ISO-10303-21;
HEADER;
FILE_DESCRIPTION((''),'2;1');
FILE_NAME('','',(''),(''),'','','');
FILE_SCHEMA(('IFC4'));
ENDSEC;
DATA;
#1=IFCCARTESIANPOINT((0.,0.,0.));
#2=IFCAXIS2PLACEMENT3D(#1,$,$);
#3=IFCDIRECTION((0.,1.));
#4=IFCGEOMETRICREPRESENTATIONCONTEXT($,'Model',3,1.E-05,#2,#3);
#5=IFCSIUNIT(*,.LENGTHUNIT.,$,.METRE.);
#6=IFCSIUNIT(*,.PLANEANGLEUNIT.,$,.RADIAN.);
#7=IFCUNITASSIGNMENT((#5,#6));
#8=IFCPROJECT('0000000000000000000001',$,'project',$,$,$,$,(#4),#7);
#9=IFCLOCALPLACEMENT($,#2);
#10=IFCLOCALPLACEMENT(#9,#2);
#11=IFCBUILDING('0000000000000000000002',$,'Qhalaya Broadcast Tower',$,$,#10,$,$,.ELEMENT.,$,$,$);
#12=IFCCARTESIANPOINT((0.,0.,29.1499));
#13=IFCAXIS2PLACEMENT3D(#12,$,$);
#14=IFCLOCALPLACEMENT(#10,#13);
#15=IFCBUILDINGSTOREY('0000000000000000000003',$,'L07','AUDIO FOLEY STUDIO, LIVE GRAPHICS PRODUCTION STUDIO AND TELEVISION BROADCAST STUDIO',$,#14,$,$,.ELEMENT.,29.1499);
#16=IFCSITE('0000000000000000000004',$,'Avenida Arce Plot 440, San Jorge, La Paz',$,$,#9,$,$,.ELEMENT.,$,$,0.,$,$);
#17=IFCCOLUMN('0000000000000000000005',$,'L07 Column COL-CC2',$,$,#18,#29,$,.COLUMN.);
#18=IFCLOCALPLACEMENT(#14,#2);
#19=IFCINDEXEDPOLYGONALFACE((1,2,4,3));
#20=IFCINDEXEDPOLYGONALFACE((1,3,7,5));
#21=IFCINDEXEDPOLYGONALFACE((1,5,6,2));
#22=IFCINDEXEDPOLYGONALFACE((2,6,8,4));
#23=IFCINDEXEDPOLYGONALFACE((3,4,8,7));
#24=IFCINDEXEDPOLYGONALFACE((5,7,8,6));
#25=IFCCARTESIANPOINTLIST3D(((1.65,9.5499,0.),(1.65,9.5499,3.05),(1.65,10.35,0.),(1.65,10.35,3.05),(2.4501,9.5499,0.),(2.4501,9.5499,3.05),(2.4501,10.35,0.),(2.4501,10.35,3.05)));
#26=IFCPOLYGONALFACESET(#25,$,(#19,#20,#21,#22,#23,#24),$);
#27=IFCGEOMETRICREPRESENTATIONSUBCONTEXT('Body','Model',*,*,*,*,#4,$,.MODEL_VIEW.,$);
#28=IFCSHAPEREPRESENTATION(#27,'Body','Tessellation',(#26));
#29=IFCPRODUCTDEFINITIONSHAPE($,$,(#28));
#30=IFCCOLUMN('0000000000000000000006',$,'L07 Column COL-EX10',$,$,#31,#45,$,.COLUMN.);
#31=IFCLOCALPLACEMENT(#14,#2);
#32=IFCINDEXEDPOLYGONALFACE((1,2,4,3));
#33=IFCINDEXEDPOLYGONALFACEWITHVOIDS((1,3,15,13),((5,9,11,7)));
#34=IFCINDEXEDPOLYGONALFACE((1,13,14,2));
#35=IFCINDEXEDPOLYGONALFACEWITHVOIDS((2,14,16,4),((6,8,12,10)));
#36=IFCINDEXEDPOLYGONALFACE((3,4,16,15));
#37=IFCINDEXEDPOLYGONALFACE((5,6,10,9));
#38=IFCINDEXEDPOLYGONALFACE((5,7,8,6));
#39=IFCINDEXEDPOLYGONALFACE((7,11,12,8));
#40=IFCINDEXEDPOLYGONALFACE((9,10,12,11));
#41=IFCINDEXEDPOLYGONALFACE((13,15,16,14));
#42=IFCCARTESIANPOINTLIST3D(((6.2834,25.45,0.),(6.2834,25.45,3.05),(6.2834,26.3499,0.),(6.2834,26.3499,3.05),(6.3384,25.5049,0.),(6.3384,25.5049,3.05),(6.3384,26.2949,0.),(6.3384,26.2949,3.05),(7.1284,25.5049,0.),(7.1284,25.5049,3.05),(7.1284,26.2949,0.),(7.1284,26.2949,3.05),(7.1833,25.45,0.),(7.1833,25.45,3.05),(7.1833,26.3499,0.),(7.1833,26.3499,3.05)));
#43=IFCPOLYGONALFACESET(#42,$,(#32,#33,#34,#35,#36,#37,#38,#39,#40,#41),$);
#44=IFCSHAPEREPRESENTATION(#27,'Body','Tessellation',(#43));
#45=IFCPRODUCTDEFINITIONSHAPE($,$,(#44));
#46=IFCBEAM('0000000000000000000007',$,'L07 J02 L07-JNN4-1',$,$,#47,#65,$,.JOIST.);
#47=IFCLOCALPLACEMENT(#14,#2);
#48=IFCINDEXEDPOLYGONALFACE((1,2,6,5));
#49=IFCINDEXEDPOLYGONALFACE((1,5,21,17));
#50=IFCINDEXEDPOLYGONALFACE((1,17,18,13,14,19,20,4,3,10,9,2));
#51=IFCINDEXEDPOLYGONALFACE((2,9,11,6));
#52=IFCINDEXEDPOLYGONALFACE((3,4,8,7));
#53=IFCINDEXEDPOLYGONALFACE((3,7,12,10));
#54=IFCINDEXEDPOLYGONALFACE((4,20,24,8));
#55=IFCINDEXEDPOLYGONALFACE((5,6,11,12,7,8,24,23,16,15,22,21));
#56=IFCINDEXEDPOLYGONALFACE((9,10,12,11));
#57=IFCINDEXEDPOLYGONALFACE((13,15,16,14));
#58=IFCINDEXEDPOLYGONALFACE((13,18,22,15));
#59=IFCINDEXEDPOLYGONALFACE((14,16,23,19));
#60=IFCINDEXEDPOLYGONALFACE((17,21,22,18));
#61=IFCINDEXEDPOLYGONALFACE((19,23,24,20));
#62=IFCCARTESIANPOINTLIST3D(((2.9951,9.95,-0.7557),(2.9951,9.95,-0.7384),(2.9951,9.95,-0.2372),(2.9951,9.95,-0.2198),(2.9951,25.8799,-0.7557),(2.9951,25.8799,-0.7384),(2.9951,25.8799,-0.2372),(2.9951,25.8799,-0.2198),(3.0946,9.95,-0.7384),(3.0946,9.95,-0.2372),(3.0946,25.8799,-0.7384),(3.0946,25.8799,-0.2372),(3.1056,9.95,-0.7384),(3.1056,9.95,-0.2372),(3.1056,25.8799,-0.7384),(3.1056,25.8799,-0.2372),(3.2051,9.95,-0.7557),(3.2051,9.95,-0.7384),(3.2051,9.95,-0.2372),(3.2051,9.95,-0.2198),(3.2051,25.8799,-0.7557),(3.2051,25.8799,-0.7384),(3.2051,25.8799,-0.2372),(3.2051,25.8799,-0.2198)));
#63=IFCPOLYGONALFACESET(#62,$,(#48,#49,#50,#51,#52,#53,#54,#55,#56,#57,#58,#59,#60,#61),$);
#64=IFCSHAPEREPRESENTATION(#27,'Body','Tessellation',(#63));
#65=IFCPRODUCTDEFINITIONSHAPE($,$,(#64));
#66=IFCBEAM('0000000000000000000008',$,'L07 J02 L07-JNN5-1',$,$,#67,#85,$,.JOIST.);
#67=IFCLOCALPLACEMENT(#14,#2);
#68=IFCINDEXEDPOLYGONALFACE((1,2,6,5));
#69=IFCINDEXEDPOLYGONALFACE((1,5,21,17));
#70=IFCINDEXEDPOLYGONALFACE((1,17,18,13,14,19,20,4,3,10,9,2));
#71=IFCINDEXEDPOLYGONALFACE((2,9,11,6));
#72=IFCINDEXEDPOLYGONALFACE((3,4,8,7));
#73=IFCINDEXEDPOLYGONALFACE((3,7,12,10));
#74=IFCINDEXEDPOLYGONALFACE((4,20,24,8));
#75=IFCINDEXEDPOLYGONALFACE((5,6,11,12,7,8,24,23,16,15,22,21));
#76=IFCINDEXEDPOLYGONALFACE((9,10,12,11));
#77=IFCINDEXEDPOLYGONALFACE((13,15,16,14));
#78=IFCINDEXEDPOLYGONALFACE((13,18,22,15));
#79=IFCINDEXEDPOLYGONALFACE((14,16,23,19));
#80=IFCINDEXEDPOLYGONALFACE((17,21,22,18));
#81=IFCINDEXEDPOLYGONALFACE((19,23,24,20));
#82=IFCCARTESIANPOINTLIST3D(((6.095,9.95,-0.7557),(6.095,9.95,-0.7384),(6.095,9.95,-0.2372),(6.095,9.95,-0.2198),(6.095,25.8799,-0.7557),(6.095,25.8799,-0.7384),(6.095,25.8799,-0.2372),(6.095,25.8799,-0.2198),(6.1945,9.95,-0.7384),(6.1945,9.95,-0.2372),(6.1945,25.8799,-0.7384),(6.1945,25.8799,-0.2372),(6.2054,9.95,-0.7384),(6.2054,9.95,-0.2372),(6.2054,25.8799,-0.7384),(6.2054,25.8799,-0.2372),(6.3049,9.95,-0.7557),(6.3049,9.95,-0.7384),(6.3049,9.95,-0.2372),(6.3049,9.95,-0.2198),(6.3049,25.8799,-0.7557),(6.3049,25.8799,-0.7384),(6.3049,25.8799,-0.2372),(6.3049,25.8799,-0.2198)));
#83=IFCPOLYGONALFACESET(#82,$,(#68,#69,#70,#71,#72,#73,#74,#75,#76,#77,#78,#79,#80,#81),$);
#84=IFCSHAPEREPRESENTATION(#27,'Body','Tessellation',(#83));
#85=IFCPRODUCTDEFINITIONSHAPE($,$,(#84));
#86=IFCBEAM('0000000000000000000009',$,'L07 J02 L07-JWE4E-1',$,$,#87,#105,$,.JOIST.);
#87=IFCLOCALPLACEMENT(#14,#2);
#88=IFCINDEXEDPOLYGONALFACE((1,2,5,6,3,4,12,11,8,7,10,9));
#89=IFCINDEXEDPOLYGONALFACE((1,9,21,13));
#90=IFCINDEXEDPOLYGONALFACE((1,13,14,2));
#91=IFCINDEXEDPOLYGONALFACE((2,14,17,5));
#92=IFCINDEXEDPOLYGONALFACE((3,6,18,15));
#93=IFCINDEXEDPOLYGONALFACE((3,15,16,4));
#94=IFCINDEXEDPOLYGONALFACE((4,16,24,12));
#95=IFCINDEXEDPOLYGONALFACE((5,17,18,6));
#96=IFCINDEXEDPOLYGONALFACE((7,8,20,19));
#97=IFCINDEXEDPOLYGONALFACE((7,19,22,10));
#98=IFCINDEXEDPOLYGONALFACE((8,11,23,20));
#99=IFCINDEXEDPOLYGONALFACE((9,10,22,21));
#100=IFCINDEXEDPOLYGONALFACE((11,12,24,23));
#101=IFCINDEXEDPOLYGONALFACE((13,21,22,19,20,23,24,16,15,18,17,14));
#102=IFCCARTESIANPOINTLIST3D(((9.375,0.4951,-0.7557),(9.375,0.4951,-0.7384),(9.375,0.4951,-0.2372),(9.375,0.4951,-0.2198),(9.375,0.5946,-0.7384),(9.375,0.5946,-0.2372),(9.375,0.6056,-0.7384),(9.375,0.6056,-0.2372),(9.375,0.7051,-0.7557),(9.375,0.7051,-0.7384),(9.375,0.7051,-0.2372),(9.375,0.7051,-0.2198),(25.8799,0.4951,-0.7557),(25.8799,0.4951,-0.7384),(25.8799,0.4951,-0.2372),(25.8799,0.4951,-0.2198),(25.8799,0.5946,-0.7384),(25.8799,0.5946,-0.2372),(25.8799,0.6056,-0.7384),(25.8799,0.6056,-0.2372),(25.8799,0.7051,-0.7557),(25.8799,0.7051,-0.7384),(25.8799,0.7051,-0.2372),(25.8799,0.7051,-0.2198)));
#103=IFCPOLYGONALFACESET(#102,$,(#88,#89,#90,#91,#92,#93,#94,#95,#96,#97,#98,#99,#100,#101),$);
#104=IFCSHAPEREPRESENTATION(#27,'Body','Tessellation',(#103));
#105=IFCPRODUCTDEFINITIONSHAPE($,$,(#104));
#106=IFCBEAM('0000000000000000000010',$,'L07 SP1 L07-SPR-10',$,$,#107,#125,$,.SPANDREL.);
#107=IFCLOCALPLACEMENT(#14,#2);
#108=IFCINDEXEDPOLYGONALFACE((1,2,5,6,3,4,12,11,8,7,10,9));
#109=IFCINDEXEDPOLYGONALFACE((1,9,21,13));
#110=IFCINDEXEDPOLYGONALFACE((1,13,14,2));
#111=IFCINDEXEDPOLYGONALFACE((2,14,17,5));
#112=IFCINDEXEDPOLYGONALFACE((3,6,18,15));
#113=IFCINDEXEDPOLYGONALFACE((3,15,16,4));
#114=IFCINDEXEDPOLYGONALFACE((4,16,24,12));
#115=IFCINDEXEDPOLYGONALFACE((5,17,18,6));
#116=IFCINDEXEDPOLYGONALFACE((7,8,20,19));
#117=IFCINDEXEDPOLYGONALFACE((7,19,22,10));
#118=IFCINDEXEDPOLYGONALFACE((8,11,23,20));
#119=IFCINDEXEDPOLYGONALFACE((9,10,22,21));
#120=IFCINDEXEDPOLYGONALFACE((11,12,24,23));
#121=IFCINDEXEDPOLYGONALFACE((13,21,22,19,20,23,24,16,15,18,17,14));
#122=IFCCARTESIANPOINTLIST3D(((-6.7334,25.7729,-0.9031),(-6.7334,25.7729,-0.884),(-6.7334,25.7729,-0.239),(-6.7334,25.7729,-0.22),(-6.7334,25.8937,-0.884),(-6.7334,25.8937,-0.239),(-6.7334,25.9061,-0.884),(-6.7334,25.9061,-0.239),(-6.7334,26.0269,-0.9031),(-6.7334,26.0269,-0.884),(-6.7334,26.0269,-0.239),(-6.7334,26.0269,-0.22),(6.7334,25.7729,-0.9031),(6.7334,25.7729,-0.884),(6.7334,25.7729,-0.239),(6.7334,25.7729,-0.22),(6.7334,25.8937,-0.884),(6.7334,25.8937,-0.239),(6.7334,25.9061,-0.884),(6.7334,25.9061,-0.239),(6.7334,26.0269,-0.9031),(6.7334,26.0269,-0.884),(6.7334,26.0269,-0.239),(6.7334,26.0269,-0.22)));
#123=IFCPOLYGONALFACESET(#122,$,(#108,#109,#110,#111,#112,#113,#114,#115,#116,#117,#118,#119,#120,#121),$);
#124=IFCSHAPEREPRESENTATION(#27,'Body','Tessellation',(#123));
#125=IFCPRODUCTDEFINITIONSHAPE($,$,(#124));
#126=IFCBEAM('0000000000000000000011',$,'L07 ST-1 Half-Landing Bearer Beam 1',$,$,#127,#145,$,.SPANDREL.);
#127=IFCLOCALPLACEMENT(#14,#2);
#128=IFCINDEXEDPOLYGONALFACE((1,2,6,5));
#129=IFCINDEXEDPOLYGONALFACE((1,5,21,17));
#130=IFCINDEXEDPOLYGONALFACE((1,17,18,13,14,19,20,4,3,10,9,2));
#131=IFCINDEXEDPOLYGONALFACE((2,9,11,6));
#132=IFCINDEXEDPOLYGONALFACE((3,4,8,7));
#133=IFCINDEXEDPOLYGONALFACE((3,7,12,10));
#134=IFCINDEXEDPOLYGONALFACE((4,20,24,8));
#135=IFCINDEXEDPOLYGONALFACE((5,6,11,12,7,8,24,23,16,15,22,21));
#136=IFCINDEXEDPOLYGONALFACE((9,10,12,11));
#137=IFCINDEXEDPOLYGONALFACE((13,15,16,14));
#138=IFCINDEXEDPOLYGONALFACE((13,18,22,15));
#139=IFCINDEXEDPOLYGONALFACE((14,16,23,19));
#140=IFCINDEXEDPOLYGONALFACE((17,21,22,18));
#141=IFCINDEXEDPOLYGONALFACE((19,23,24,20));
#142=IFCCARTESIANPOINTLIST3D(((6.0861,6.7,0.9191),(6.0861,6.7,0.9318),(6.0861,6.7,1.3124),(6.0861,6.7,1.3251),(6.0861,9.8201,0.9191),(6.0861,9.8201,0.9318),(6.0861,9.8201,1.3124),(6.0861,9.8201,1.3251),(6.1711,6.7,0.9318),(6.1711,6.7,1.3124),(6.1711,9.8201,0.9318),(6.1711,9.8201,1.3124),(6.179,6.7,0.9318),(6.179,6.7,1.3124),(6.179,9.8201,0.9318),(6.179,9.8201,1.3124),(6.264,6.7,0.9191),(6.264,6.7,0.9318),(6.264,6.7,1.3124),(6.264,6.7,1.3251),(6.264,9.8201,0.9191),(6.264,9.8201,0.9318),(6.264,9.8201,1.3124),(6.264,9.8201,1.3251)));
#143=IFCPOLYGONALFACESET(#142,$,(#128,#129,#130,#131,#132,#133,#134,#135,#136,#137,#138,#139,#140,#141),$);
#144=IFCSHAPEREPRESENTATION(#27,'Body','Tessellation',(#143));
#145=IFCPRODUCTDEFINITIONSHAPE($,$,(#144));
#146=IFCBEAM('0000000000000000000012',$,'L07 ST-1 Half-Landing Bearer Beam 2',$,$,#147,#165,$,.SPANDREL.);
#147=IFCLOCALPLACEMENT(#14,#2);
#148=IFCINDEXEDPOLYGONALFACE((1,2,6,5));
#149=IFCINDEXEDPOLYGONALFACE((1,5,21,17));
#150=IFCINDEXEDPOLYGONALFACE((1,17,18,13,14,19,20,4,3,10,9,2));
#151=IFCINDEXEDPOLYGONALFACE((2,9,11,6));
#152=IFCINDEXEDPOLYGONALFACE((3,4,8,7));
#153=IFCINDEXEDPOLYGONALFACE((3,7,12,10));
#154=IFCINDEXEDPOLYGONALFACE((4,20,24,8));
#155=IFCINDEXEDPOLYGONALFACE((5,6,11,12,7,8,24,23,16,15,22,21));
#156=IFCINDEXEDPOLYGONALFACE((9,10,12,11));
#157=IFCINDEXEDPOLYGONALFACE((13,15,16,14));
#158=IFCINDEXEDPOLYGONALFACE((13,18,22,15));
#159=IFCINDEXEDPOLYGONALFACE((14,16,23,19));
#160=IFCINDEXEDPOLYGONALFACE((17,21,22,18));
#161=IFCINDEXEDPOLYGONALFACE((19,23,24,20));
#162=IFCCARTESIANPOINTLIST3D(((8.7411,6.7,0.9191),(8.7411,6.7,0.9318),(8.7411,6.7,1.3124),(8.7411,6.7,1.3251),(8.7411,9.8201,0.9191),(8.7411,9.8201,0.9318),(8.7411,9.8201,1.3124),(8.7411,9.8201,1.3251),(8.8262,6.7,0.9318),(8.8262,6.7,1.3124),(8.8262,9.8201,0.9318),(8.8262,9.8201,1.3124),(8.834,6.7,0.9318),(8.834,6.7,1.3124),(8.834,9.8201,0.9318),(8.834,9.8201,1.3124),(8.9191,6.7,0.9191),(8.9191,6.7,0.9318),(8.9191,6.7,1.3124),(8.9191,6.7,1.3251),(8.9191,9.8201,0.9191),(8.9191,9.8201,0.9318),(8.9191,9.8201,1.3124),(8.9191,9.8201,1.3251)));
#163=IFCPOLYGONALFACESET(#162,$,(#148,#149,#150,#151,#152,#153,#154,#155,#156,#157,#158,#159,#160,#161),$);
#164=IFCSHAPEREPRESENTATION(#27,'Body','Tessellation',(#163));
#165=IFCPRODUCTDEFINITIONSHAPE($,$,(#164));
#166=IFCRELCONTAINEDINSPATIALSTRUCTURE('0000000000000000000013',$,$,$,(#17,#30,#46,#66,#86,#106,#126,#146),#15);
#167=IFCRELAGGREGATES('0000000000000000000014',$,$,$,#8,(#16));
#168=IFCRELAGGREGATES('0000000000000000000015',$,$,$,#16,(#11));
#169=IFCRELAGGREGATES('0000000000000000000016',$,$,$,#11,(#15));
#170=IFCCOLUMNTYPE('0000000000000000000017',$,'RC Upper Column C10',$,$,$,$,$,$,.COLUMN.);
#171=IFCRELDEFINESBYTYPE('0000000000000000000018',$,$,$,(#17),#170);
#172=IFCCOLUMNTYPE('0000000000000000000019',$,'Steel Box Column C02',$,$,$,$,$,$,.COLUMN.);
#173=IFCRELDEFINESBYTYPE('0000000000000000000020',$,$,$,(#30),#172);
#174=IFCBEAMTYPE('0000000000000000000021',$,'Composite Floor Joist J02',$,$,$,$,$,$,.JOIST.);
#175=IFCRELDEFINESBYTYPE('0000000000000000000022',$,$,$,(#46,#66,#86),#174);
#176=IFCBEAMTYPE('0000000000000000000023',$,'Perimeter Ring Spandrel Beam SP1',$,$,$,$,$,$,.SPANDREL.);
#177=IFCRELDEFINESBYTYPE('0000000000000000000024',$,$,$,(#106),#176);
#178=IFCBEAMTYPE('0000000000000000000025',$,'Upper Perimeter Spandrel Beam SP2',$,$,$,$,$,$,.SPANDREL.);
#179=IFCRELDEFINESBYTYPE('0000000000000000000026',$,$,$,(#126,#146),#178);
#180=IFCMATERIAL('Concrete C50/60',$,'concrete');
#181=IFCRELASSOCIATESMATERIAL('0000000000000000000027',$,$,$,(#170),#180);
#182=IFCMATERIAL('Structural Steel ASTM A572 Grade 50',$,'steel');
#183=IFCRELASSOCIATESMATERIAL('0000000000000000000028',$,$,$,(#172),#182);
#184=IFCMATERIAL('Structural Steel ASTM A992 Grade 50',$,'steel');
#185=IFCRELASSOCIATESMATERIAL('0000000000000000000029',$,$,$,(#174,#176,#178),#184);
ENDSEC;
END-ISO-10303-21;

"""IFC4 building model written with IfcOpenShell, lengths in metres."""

from ifc_helpers import new_model, si_unit, direction, frame, origin, origin_2d, place, context, subcontext, project, spatial, rectangle, hollow_rectangle, i_section, extrude, material, material_profile, profile_set, type_object, element, save


model = new_model("IFC4")

# Units and contexts
model_context = context("Model", 3, precision=1e-05, world=origin(), true_north=direction((0.0, 1.0)))
body_context = subcontext(model_context, "Body", "Model", "MODEL_VIEW")
ifc_project = project(units=[si_unit("LENGTHUNIT", "METRE"), si_unit("PLANEANGLEUNIT", "RADIAN")], contexts=[model_context])

# Site, building, storey
site_placement = place(None, origin())
site = spatial("IfcSite", under=ifc_project, at=site_placement, Name="Avenida Arce Plot 440, San Jorge, La Paz", CompositionType="ELEMENT", RefElevation=0.0)
building_placement = place(site_placement, origin())
building = spatial("IfcBuilding", under=site, at=building_placement, Name="Qhalaya Broadcast Tower", CompositionType="ELEMENT")
storey_placement = place(building_placement, frame((0.0, 0.0, 29.1499)))
storey = spatial("IfcBuildingStorey", under=building, at=storey_placement, Name="L07", Description="AUDIO FOLEY STUDIO, LIVE GRAPHICS PRODUCTION STUDIO AND TELEVISION BROADCAST STUDIO", CompositionType="ELEMENT", Elevation=29.1499)

# Columns
ifc_material_1 = material(Name="Concrete C50/60", Category="concrete")
ifc_material_profile_1 = material_profile(ifc_material_1, rectangle(XDim=0.8, YDim=0.8, at=origin_2d()), Name="RC-COL 800x800")
ifc_profile_set_1 = profile_set([ifc_material_profile_1], Name="Concrete C50/60")
column_type_1 = type_object("IfcColumnType", Name="RC Upper Column C10", PredefinedType="COLUMN", material=ifc_profile_set_1)
column_1_placement = place(storey_placement, frame((2.05, 9.95, 0.0), z_axis=(0.0, 0.0, 1.0), x_axis=(1.0, 0.0, 0.0)))
element("IfcColumn", 1, at=column_1_placement, inside=storey, type_object=column_type_1, Name="L07 Column COL-CC2", PredefinedType="COLUMN", context=body_context, shape_type="SweptSolid", body=[
    extrude(rectangle(XDim=0.8, YDim=0.8, at=origin_2d()), origin(), (0.0, 0.0, 1.0), 3.05),
])
ifc_material_2 = material(Name="Structural Steel ASTM A572 Grade 50", Category="steel")
ifc_material_profile_2 = material_profile(ifc_material_2, hollow_rectangle(XDim=0.8999, YDim=0.8999, WallThickness=0.0549, at=origin_2d()), Name="BOX 900x900x55")
ifc_profile_set_2 = profile_set([ifc_material_profile_2], Name="Structural Steel ASTM A572 Grade 50")
column_type_2 = type_object("IfcColumnType", Name="Steel Box Column C02", PredefinedType="COLUMN", material=ifc_profile_set_2)
column_2_placement = place(storey_placement, frame((6.7334, 25.8999, 0.0), z_axis=(0.0, 0.0, 1.0), x_axis=(1.0, 0.0, 0.0)))
element("IfcColumn", 2, at=column_2_placement, inside=storey, type_object=column_type_2, Name="L07 Column COL-EX10", PredefinedType="COLUMN", context=body_context, shape_type="SweptSolid", body=[
    extrude(hollow_rectangle(XDim=0.8999, YDim=0.8999, WallThickness=0.0549, at=origin_2d()), origin(), (0.0, 0.0, 1.0), 3.05),
])

# Beams
ifc_material_3 = material(Name="Structural Steel ASTM A992 Grade 50", Category="steel")
ifc_material_profile_3 = material_profile(ifc_material_3, i_section(OverallWidth=0.21, OverallDepth=0.5359, WebThickness=0.011, FlangeThickness=0.0173, at=origin_2d()), Name="W21X68")
ifc_profile_set_3 = profile_set([ifc_material_profile_3], Name="Structural Steel ASTM A992 Grade 50")
beam_type_1 = type_object("IfcBeamType", Name="Composite Floor Joist J02", PredefinedType="JOIST", material=ifc_profile_set_3)
for number, where, z_axis, x_axis, name in (
    (3, (3.1001, 9.95, -0.4878), (0.0, 1.0, 0.0), (-1.0, 0.0, 0.0), "L07 J02 L07-JNN4-1"),
    (4, (6.2, 9.95, -0.4878), (0.0, 1.0, 0.0), (-1.0, 0.0, 0.0), "L07 J02 L07-JNN5-1"),
):
    element("IfcBeam", number, at=place(storey_placement, frame(where, z_axis=z_axis, x_axis=x_axis)), inside=storey, type_object=beam_type_1, Name=name, PredefinedType="JOIST", context=body_context, shape_type="SweptSolid", body=[
        extrude(i_section(OverallWidth=0.21, OverallDepth=0.5359, WebThickness=0.011, FlangeThickness=0.0173, at=origin_2d()), origin(), (0.0, 0.0, 1.0), 15.9299),
    ])
beam_1_placement = place(storey_placement, frame((9.375, 0.6001, -0.4878), z_axis=(1.0, 0.0, 0.0), x_axis=(0.0, 1.0, 0.0)))
element("IfcBeam", 5, at=beam_1_placement, inside=storey, type_object=beam_type_1, Name="L07 J02 L07-JWE4E-1", PredefinedType="JOIST", context=body_context, shape_type="SweptSolid", body=[
    extrude(i_section(OverallWidth=0.21, OverallDepth=0.5359, WebThickness=0.011, FlangeThickness=0.0173, at=origin_2d()), origin(), (0.0, 0.0, 1.0), 16.5049),
])
ifc_material_profile_4 = material_profile(ifc_material_3, i_section(OverallWidth=0.2539, OverallDepth=0.6831, WebThickness=0.0125, FlangeThickness=0.019, at=origin_2d()), Name="W27X94")
ifc_profile_set_4 = profile_set([ifc_material_profile_4], Name="Structural Steel ASTM A992 Grade 50")
beam_type_2 = type_object("IfcBeamType", Name="Perimeter Ring Spandrel Beam SP1", PredefinedType="SPANDREL", material=ifc_profile_set_4)
beam_2_placement = place(storey_placement, frame((6.7334, 25.8999, -0.5615), z_axis=(-1.0, 0.0, 0.0), x_axis=(0.0, -1.0, 0.0)))
element("IfcBeam", 6, at=beam_2_placement, inside=storey, type_object=beam_type_2, Name="L07 SP1 L07-SPR-10", PredefinedType="SPANDREL", context=body_context, shape_type="SweptSolid", body=[
    extrude(i_section(OverallWidth=0.2539, OverallDepth=0.6831, WebThickness=0.0125, FlangeThickness=0.019, at=origin_2d()), origin(), (0.0, 0.0, 1.0), 13.4668),
])
ifc_material_profile_5 = material_profile(ifc_material_3, i_section(OverallWidth=0.178, OverallDepth=0.406, WebThickness=0.0078, FlangeThickness=0.0127, at=origin_2d()), Name="W16X40")
ifc_profile_set_5 = profile_set([ifc_material_profile_5], Name="Structural Steel ASTM A992 Grade 50")
beam_type_3 = type_object("IfcBeamType", Name="Upper Perimeter Spandrel Beam SP2", PredefinedType="SPANDREL", material=ifc_profile_set_5)
for number, where, z_axis, x_axis, name in (
    (7, (6.175, 6.7, 1.1221), (0.0, 1.0, 0.0), (-1.0, 0.0, 0.0), "L07 ST-1 Half-Landing Bearer Beam 1"),
    (8, (8.8301, 6.7, 1.1221), (0.0, 1.0, 0.0), (-1.0, 0.0, 0.0), "L07 ST-1 Half-Landing Bearer Beam 2"),
):
    element("IfcBeam", number, at=place(storey_placement, frame(where, z_axis=z_axis, x_axis=x_axis)), inside=storey, type_object=beam_type_3, Name=name, PredefinedType="SPANDREL", context=body_context, shape_type="SweptSolid", body=[
        extrude(i_section(OverallWidth=0.178, OverallDepth=0.406, WebThickness=0.0078, FlangeThickness=0.0127, at=origin_2d()), origin(), (0.0, 0.0, 1.0), 3.1201),
    ])

save(model, "model.ifc")
